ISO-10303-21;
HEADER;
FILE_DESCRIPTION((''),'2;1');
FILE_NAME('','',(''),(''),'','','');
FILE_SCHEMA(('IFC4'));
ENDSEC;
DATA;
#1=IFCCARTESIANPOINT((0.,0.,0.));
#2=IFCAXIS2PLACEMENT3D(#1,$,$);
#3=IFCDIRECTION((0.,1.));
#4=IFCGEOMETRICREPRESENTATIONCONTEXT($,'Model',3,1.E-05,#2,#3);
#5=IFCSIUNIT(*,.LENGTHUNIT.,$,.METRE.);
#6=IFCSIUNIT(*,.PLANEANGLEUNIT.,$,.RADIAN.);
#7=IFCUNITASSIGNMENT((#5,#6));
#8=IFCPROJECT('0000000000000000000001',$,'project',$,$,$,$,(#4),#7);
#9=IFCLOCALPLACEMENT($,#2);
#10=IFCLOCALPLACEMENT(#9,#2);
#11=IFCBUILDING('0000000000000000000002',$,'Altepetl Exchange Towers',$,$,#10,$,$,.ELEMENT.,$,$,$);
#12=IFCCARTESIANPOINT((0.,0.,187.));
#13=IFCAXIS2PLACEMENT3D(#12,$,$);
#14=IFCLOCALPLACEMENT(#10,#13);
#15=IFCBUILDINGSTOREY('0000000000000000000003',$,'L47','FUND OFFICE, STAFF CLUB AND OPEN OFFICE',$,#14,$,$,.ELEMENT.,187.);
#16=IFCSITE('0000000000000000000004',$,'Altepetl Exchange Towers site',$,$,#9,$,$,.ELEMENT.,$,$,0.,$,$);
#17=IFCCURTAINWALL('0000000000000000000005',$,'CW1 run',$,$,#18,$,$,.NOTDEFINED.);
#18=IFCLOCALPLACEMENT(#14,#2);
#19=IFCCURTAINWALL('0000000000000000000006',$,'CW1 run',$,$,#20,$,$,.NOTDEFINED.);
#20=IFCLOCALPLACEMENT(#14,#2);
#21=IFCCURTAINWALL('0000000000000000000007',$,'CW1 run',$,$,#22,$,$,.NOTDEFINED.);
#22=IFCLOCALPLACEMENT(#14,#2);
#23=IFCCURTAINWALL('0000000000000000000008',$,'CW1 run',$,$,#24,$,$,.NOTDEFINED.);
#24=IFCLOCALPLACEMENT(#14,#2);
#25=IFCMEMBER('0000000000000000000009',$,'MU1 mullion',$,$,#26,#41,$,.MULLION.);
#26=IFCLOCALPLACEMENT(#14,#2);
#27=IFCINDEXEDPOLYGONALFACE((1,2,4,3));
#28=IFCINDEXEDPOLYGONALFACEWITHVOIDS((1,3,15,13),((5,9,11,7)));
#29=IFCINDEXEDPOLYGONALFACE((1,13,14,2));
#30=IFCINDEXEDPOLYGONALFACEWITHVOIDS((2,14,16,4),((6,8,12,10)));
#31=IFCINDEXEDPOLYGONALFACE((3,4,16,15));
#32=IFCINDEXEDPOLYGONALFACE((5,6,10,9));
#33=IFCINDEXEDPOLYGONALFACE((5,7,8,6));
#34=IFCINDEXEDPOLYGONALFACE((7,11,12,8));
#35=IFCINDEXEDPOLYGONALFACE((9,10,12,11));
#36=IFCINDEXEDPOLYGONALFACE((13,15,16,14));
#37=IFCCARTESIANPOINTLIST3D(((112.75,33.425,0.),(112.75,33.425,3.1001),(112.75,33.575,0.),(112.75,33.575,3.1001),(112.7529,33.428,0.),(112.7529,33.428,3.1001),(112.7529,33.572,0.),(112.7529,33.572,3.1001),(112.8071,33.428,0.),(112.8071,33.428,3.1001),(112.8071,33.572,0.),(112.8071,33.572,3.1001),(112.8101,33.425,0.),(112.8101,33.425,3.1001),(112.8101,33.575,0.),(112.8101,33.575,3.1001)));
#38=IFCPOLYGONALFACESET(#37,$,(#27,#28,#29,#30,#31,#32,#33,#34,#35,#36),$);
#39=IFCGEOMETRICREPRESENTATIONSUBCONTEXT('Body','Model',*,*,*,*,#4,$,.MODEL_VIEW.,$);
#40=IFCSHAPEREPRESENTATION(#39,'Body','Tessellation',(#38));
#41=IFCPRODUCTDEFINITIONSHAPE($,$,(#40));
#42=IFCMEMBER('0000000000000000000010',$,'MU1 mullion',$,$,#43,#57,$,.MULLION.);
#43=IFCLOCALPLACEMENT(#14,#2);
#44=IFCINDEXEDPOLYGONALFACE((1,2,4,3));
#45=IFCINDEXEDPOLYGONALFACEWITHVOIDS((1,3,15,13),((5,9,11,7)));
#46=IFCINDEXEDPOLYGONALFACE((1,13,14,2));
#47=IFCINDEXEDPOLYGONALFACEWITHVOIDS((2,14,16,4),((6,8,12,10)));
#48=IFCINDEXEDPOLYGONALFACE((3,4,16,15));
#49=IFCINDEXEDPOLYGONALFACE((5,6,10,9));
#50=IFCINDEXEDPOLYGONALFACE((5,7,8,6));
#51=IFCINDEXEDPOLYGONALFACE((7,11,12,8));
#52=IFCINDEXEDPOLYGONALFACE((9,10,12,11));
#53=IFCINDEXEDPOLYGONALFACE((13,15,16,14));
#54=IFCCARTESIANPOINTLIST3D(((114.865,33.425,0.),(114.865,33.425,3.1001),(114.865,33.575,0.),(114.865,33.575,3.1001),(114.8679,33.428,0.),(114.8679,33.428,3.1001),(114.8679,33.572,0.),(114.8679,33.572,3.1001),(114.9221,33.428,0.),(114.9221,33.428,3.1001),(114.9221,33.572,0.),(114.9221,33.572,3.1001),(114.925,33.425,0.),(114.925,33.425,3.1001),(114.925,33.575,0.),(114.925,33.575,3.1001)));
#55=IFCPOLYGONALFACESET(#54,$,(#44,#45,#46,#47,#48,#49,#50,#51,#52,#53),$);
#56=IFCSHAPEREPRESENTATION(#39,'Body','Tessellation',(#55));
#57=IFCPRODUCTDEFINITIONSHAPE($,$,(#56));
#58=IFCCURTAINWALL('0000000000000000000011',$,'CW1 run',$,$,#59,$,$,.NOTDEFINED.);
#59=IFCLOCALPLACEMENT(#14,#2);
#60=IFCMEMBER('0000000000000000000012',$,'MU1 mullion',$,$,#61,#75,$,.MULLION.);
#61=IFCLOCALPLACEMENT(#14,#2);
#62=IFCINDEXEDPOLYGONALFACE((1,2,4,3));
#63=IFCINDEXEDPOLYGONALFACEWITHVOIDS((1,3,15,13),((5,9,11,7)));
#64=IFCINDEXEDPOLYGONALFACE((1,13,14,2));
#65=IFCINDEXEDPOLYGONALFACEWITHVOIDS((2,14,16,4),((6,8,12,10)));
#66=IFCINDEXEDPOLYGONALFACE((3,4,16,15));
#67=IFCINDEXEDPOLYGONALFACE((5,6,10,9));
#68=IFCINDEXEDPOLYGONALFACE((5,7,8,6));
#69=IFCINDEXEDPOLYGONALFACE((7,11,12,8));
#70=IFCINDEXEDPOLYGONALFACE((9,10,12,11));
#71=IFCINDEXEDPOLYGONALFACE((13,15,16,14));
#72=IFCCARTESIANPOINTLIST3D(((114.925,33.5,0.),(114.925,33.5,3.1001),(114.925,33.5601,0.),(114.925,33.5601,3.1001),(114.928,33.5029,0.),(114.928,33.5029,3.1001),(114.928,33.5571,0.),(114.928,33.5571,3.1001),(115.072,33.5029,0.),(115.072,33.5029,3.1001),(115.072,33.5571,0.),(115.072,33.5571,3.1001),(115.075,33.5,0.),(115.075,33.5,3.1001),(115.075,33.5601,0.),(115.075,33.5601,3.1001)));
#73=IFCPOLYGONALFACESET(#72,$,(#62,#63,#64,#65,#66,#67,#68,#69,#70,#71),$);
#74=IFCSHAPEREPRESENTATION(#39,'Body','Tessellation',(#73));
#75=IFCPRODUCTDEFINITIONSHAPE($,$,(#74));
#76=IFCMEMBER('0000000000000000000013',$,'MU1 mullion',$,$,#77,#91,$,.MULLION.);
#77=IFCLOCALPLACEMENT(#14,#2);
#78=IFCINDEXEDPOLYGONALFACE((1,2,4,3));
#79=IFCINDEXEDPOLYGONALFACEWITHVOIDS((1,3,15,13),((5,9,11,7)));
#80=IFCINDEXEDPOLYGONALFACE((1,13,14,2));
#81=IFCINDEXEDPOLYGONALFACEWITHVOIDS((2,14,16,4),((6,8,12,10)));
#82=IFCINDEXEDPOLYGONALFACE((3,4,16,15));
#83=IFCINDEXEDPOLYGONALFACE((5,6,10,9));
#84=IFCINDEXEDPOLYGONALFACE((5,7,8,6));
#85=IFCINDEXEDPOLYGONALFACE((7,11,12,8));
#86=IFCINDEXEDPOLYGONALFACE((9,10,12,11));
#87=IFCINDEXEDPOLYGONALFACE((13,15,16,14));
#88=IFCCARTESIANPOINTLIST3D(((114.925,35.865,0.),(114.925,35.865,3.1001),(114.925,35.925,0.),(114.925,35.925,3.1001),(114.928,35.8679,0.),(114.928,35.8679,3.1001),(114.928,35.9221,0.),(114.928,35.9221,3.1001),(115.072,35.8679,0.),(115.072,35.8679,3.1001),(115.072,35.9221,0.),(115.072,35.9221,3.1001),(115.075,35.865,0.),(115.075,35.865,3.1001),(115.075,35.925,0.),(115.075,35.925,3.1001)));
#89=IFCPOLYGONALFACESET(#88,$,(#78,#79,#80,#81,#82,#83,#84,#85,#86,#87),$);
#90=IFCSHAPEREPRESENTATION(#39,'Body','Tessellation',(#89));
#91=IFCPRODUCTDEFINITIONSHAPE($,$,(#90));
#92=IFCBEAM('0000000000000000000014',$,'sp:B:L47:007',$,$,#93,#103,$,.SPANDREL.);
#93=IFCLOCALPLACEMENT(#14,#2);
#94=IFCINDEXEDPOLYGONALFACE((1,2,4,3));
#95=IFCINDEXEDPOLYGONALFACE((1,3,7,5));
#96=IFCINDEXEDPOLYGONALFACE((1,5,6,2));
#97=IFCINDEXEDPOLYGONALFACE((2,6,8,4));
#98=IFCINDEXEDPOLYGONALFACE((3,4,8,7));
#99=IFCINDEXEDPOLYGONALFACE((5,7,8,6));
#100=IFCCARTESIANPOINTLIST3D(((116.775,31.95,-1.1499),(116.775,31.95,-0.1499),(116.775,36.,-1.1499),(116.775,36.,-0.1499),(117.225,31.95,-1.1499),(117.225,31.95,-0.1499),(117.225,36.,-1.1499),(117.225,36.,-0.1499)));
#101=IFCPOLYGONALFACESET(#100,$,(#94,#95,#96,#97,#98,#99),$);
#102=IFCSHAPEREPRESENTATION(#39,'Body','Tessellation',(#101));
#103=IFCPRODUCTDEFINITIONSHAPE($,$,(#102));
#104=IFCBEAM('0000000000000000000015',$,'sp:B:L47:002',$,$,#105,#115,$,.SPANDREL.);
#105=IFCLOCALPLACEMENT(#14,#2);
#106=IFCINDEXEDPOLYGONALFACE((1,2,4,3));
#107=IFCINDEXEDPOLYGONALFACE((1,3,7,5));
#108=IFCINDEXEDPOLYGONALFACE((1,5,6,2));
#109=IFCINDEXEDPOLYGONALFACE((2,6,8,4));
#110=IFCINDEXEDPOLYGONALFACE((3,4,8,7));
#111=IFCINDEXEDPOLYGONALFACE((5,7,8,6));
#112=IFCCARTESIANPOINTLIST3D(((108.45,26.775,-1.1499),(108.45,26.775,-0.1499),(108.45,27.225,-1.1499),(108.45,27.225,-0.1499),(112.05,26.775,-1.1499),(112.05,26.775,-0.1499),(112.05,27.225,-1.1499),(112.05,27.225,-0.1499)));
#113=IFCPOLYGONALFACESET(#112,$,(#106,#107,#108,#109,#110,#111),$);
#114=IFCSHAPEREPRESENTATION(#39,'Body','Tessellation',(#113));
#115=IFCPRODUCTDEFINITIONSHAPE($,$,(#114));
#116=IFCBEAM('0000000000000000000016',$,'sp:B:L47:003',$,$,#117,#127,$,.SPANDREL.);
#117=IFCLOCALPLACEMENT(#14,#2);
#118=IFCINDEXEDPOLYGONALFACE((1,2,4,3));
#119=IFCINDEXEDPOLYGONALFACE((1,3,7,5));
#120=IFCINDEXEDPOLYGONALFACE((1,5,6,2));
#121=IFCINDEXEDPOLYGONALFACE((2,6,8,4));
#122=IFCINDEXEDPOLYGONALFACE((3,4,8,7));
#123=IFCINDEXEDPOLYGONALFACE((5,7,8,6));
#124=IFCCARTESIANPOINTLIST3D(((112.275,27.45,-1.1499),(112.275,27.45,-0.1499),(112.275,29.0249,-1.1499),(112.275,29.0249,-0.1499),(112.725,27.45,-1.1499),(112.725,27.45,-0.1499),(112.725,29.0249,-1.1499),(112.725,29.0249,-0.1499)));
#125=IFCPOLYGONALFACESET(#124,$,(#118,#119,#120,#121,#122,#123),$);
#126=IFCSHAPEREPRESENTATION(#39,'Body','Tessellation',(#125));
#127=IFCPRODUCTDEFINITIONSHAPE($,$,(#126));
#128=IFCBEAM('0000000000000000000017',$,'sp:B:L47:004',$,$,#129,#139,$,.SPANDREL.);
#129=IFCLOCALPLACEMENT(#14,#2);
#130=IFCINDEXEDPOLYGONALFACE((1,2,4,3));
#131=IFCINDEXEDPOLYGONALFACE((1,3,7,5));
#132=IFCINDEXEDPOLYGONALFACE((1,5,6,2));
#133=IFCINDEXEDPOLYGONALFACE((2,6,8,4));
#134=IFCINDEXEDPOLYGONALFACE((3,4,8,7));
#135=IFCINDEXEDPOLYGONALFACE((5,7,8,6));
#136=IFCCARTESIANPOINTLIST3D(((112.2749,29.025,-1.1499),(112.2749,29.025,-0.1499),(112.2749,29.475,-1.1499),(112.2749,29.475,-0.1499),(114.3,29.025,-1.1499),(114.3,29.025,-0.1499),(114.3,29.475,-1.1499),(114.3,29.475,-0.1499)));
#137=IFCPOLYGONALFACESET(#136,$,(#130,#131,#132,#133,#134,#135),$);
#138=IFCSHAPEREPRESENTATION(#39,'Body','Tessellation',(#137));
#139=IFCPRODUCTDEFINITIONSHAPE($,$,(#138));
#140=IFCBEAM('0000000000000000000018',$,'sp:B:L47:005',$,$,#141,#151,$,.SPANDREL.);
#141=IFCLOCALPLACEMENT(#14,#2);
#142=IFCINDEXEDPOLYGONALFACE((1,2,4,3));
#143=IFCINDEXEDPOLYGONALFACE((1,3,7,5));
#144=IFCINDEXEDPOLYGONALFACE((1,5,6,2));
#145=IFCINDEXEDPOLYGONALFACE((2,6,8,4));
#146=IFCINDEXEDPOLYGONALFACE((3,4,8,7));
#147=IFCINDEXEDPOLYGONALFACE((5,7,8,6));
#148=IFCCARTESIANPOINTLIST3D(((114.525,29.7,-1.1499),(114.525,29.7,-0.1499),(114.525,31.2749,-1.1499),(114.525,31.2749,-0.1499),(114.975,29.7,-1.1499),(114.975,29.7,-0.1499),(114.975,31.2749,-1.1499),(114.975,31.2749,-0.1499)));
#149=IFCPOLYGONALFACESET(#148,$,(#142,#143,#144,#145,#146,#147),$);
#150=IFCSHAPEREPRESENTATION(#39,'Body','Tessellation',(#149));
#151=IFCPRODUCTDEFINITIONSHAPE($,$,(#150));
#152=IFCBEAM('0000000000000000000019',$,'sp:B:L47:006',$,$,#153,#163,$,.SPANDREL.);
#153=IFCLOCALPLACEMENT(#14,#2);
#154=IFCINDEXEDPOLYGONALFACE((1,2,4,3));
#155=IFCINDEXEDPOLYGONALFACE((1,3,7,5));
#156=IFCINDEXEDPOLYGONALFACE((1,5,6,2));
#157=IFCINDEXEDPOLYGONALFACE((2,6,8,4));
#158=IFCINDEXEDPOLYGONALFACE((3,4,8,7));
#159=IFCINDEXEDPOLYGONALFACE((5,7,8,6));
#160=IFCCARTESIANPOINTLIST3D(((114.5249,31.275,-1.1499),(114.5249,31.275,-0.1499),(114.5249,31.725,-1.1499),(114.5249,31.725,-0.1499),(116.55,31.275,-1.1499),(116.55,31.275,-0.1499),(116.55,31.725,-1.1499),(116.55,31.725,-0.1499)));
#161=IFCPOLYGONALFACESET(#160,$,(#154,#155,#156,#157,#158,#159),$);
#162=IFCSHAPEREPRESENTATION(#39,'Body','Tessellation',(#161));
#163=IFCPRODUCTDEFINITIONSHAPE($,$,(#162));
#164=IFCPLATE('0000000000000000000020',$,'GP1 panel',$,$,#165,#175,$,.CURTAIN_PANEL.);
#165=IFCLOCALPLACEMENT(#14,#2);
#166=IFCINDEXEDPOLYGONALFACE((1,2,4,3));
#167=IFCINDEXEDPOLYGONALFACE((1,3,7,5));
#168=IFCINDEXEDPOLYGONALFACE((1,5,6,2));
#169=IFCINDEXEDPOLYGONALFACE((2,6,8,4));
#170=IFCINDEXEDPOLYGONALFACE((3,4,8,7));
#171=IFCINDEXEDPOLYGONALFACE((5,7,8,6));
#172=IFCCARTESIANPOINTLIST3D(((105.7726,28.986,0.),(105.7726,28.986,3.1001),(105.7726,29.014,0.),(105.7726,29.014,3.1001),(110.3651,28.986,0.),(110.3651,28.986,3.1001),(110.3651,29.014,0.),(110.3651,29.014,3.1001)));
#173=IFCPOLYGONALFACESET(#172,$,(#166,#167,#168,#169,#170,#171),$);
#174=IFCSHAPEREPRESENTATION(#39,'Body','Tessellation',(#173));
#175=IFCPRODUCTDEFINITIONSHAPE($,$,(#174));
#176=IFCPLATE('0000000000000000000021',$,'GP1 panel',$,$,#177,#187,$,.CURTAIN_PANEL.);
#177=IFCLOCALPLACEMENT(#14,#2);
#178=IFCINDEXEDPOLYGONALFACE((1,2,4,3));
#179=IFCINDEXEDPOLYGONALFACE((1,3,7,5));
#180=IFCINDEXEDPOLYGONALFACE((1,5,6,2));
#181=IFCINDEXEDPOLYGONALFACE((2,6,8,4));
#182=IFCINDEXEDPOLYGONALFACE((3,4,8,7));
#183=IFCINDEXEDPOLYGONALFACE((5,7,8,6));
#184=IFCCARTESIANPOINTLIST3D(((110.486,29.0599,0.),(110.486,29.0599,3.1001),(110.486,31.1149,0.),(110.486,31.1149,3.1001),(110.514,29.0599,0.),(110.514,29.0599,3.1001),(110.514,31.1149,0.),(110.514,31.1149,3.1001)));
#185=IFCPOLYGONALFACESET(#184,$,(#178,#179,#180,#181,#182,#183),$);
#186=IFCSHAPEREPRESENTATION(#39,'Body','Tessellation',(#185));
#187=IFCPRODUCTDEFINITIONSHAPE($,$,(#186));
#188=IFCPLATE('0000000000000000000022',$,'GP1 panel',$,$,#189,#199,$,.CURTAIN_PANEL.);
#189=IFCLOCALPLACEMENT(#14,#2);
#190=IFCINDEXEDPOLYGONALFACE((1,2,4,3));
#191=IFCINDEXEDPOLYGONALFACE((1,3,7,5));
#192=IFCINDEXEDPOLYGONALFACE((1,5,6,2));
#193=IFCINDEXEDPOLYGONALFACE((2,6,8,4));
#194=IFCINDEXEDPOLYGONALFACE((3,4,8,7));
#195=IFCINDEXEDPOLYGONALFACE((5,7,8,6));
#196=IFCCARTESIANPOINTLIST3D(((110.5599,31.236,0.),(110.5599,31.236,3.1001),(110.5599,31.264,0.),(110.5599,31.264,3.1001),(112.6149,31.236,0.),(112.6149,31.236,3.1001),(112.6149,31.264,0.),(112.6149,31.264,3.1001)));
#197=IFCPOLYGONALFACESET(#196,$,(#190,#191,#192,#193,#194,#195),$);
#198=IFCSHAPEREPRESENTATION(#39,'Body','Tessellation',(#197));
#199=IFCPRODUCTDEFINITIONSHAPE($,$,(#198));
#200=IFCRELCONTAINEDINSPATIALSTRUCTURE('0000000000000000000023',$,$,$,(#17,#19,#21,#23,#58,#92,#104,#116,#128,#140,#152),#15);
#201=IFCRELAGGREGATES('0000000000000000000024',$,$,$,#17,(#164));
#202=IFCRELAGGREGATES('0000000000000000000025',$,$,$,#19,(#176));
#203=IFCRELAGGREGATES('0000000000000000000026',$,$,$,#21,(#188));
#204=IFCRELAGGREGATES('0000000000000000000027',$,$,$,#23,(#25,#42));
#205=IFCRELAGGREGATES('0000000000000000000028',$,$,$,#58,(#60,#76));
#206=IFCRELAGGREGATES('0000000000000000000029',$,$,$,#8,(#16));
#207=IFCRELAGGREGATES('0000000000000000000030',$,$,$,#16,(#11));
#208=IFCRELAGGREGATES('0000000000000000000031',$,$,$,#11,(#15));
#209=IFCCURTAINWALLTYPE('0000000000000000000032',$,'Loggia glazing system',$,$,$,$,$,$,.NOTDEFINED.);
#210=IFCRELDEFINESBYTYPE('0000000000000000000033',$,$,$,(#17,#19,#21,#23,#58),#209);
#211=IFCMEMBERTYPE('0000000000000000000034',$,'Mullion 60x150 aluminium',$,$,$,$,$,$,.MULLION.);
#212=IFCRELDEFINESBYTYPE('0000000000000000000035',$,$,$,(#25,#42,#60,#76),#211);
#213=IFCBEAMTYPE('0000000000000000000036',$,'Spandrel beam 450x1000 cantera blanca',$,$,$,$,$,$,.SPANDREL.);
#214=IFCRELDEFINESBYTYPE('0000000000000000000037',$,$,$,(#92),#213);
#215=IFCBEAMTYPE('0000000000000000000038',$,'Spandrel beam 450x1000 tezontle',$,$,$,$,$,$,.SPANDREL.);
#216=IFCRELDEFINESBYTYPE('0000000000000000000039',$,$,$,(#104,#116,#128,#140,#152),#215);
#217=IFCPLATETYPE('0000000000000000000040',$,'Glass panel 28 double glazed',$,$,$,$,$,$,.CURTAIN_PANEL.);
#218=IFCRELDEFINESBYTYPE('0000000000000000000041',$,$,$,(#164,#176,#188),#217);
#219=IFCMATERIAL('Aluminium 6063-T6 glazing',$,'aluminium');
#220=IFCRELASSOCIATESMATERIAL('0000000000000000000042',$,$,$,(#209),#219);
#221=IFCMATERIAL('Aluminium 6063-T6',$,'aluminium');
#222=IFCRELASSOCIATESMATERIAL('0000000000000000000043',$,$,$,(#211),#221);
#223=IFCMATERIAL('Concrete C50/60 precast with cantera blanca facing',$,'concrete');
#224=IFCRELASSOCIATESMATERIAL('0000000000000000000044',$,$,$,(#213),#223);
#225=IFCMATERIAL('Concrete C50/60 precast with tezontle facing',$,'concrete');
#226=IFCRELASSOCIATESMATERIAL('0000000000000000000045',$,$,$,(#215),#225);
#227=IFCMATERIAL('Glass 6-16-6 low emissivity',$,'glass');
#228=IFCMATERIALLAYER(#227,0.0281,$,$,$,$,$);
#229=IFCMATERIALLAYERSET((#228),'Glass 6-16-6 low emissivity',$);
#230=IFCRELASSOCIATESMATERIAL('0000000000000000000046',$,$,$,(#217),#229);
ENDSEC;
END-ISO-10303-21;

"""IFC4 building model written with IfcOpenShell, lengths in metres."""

from ifc_helpers import new_model, si_unit, direction, frame, origin, origin_2d, place, context, subcontext, project, spatial, rectangle, hollow_rectangle, extrude, material, layer, layer_set, material_profile, profile_set, type_object, element, aggregate, save


model = new_model("IFC4")

# Units and contexts
model_context = context("Model", 3, precision=1e-05, world=origin(), true_north=direction((0.0, 1.0)))
body_context = subcontext(model_context, "Body", "Model", "MODEL_VIEW")
ifc_project = project(units=[si_unit("LENGTHUNIT", "METRE"), si_unit("PLANEANGLEUNIT", "RADIAN")], contexts=[model_context])

# Site, building, storey
site_placement = place(None, origin())
site = spatial("IfcSite", under=ifc_project, at=site_placement, Name="Altepetl Exchange Towers site", CompositionType="ELEMENT", RefElevation=0.0)
building_placement = place(site_placement, origin())
building = spatial("IfcBuilding", under=site, at=building_placement, Name="Altepetl Exchange Towers", CompositionType="ELEMENT")
storey_placement = place(building_placement, frame((0.0, 0.0, 187.0)))
storey = spatial("IfcBuildingStorey", under=building, at=storey_placement, Name="L47", Description="FUND OFFICE, STAFF CLUB AND OPEN OFFICE", CompositionType="ELEMENT", Elevation=187.0)

# Curtain wall
ifc_material_1 = material(Name="Aluminium 6063-T6 glazing", Category="aluminium")
curtain_wall_type = type_object("IfcCurtainWallType", Name="Loggia glazing system", PredefinedType="NOTDEFINED", material=ifc_material_1)
curtain_wall_1_placement = place(storey_placement, origin())
curtain_wall_1 = element("IfcCurtainWall", 1, at=curtain_wall_1_placement, inside=storey, type_object=curtain_wall_type, Name="CW1 run", PredefinedType="NOTDEFINED")
ifc_material_2 = material(Name="Aluminium 6063-T6", Category="aluminium")
ifc_material_profile_1 = material_profile(ifc_material_2, hollow_rectangle(XDim=0.0601, YDim=0.1499, WallThickness=0.0029, at=origin_2d()), Name="Mullion 60x150 aluminium")
ifc_profile_set_1 = profile_set([ifc_material_profile_1], Name="Aluminium 6063-T6")
member_type = type_object("IfcMemberType", Name="Mullion 60x150 aluminium", PredefinedType="MULLION", material=ifc_profile_set_1)

# Curtain walls, members
curtain_wall_2_placement = place(storey_placement, origin())
curtain_wall_2 = element("IfcCurtainWall", 2, at=curtain_wall_2_placement, inside=storey, type_object=curtain_wall_type, Name="CW1 run", PredefinedType="NOTDEFINED")
curtain_wall_3_placement = place(storey_placement, origin())
curtain_wall_3 = element("IfcCurtainWall", 3, at=curtain_wall_3_placement, inside=storey, type_object=curtain_wall_type, Name="CW1 run", PredefinedType="NOTDEFINED")
curtain_wall_4_placement = place(storey_placement, origin())
curtain_wall_4 = element("IfcCurtainWall", 4, at=curtain_wall_4_placement, inside=storey, type_object=curtain_wall_type, Name="CW1 run", PredefinedType="NOTDEFINED")
member_1_placement = place(storey_placement, frame((112.78, 33.5, 0.0)))
member_1 = element("IfcMember", 5, at=member_1_placement, type_object=member_type, Name="MU1 mullion", PredefinedType="MULLION", context=body_context, shape_type="SweptSolid", body=[
    extrude(hollow_rectangle(XDim=0.0601, YDim=0.1499, WallThickness=0.0029, at=origin_2d()), origin(), (0.0, 0.0, 1.0), 3.1001),
])
member_2_placement = place(storey_placement, frame((114.895, 33.5, 0.0)))
member_2 = element("IfcMember", 6, at=member_2_placement, type_object=member_type, Name="MU1 mullion", PredefinedType="MULLION", context=body_context, shape_type="SweptSolid", body=[
    extrude(hollow_rectangle(XDim=0.0601, YDim=0.1499, WallThickness=0.0029, at=origin_2d()), origin(), (0.0, 0.0, 1.0), 3.1001),
])
curtain_wall_5_placement = place(storey_placement, origin())
curtain_wall_5 = element("IfcCurtainWall", 7, at=curtain_wall_5_placement, inside=storey, type_object=curtain_wall_type, Name="CW1 run", PredefinedType="NOTDEFINED")
member_3_placement = place(storey_placement, frame((115.0, 33.53, 0.0), z_axis=(0.0, 0.0, 1.0), x_axis=(0.0, 1.0, 0.0)))
member_3 = element("IfcMember", 8, at=member_3_placement, type_object=member_type, Name="MU1 mullion", PredefinedType="MULLION", context=body_context, shape_type="SweptSolid", body=[
    extrude(hollow_rectangle(XDim=0.0601, YDim=0.1499, WallThickness=0.0029, at=origin_2d()), origin(), (0.0, 0.0, 1.0), 3.1001),
])
member_4_placement = place(storey_placement, frame((115.0, 35.895, 0.0), z_axis=(0.0, 0.0, 1.0), x_axis=(0.0, 1.0, 0.0)))
member_4 = element("IfcMember", 9, at=member_4_placement, type_object=member_type, Name="MU1 mullion", PredefinedType="MULLION", context=body_context, shape_type="SweptSolid", body=[
    extrude(hollow_rectangle(XDim=0.0601, YDim=0.1499, WallThickness=0.0029, at=origin_2d()), origin(), (0.0, 0.0, 1.0), 3.1001),
])

# Beams
ifc_material_3 = material(Name="Concrete C50/60 precast with cantera blanca facing", Category="concrete")
ifc_material_profile_2 = material_profile(ifc_material_3, rectangle(XDim=0.45, YDim=1.0, at=origin_2d()), Name="450 x 1000")
ifc_profile_set_2 = profile_set([ifc_material_profile_2], Name="Concrete C50/60 precast with cantera blanca facing")
beam_type_1 = type_object("IfcBeamType", Name="Spandrel beam 450x1000 cantera blanca", PredefinedType="SPANDREL", material=ifc_profile_set_2)
beam_1_placement = place(storey_placement, frame((117.0, 31.95, -0.6499), z_axis=(0.0, 1.0, 0.0), x_axis=(-1.0, 0.0, 0.0)))
element("IfcBeam", 10, at=beam_1_placement, inside=storey, type_object=beam_type_1, Name="sp:B:L47:007", PredefinedType="SPANDREL", context=body_context, shape_type="SweptSolid", body=[
    extrude(rectangle(XDim=0.45, YDim=1.0, at=origin_2d()), origin(), (0.0, 0.0, 1.0), 4.05),
])
ifc_material_4 = material(Name="Concrete C50/60 precast with tezontle facing", Category="concrete")
ifc_material_profile_3 = material_profile(ifc_material_4, rectangle(XDim=0.45, YDim=1.0, at=origin_2d()), Name="450 x 1000")
ifc_profile_set_3 = profile_set([ifc_material_profile_3], Name="Concrete C50/60 precast with tezontle facing")
beam_type_2 = type_object("IfcBeamType", Name="Spandrel beam 450x1000 tezontle", PredefinedType="SPANDREL", material=ifc_profile_set_3)
beam_2_placement = place(storey_placement, frame((108.45, 27.0, -0.6499), z_axis=(1.0, 0.0, 0.0), x_axis=(0.0, 1.0, 0.0)))
element("IfcBeam", 11, at=beam_2_placement, inside=storey, type_object=beam_type_2, Name="sp:B:L47:002", PredefinedType="SPANDREL", context=body_context, shape_type="SweptSolid", body=[
    extrude(rectangle(XDim=0.45, YDim=1.0, at=origin_2d()), origin(), (0.0, 0.0, 1.0), 3.6001),
])
beam_3_placement = place(storey_placement, frame((112.5, 27.45, -0.6499), z_axis=(0.0, 1.0, 0.0), x_axis=(-1.0, 0.0, 0.0)))
element("IfcBeam", 12, at=beam_3_placement, inside=storey, type_object=beam_type_2, Name="sp:B:L47:003", PredefinedType="SPANDREL", context=body_context, shape_type="SweptSolid", body=[
    extrude(rectangle(XDim=0.45, YDim=1.0, at=origin_2d()), origin(), (0.0, 0.0, 1.0), 1.575),
])
beam_4_placement = place(storey_placement, frame((112.2749, 29.25, -0.6499), z_axis=(1.0, 0.0, 0.0), x_axis=(0.0, 1.0, 0.0)))
element("IfcBeam", 13, at=beam_4_placement, inside=storey, type_object=beam_type_2, Name="sp:B:L47:004", PredefinedType="SPANDREL", context=body_context, shape_type="SweptSolid", body=[
    extrude(rectangle(XDim=0.45, YDim=1.0, at=origin_2d()), origin(), (0.0, 0.0, 1.0), 2.0251),
])
beam_5_placement = place(storey_placement, frame((114.75, 29.7, -0.6499), z_axis=(0.0, 1.0, 0.0), x_axis=(-1.0, 0.0, 0.0)))
element("IfcBeam", 14, at=beam_5_placement, inside=storey, type_object=beam_type_2, Name="sp:B:L47:005", PredefinedType="SPANDREL", context=body_context, shape_type="SweptSolid", body=[
    extrude(rectangle(XDim=0.45, YDim=1.0, at=origin_2d()), origin(), (0.0, 0.0, 1.0), 1.575),
])
beam_6_placement = place(storey_placement, frame((114.5249, 31.5, -0.6499), z_axis=(1.0, 0.0, 0.0), x_axis=(0.0, 1.0, 0.0)))
element("IfcBeam", 15, at=beam_6_placement, inside=storey, type_object=beam_type_2, Name="sp:B:L47:006", PredefinedType="SPANDREL", context=body_context, shape_type="SweptSolid", body=[
    extrude(rectangle(XDim=0.45, YDim=1.0, at=origin_2d()), origin(), (0.0, 0.0, 1.0), 2.0251),
])

# Plates
ifc_material_5 = material(Name="Glass 6-16-6 low emissivity", Category="glass")
ifc_layer_1 = layer(ifc_material_5, 0.0281)
ifc_layer_set_1 = layer_set([ifc_layer_1], Name="Glass 6-16-6 low emissivity")
plate_type = type_object("IfcPlateType", Name="Glass panel 28 double glazed", PredefinedType="CURTAIN_PANEL", material=ifc_layer_set_1)
plate_1_placement = place(storey_placement, frame((108.0688, 29.0, 0.0)))
plate_1 = element("IfcPlate", 16, at=plate_1_placement, type_object=plate_type, Name="GP1 panel", PredefinedType="CURTAIN_PANEL", context=body_context, shape_type="SweptSolid", body=[
    extrude(rectangle(XDim=4.5925, YDim=0.0281, at=origin_2d()), origin(), (0.0, 0.0, 1.0), 3.1001),
])
aggregate(curtain_wall_1, [plate_1])
plate_2_placement = place(storey_placement, frame((110.5, 30.0874, 0.0), z_axis=(0.0, 0.0, 1.0), x_axis=(0.0, 1.0, 0.0)))
plate_2 = element("IfcPlate", 17, at=plate_2_placement, type_object=plate_type, Name="GP1 panel", PredefinedType="CURTAIN_PANEL", context=body_context, shape_type="SweptSolid", body=[
    extrude(rectangle(XDim=2.0549, YDim=0.0281, at=origin_2d()), origin(), (0.0, 0.0, 1.0), 3.1001),
])
aggregate(curtain_wall_2, [plate_2])
plate_3_placement = place(storey_placement, frame((111.5874, 31.25, 0.0)))
plate_3 = element("IfcPlate", 18, at=plate_3_placement, type_object=plate_type, Name="GP1 panel", PredefinedType="CURTAIN_PANEL", context=body_context, shape_type="SweptSolid", body=[
    extrude(rectangle(XDim=2.0549, YDim=0.0281, at=origin_2d()), origin(), (0.0, 0.0, 1.0), 3.1001),
])
aggregate(curtain_wall_3, [plate_3])
aggregate(curtain_wall_4, [member_1, member_2])
aggregate(curtain_wall_5, [member_3, member_4])

save(model, "model.ifc")
